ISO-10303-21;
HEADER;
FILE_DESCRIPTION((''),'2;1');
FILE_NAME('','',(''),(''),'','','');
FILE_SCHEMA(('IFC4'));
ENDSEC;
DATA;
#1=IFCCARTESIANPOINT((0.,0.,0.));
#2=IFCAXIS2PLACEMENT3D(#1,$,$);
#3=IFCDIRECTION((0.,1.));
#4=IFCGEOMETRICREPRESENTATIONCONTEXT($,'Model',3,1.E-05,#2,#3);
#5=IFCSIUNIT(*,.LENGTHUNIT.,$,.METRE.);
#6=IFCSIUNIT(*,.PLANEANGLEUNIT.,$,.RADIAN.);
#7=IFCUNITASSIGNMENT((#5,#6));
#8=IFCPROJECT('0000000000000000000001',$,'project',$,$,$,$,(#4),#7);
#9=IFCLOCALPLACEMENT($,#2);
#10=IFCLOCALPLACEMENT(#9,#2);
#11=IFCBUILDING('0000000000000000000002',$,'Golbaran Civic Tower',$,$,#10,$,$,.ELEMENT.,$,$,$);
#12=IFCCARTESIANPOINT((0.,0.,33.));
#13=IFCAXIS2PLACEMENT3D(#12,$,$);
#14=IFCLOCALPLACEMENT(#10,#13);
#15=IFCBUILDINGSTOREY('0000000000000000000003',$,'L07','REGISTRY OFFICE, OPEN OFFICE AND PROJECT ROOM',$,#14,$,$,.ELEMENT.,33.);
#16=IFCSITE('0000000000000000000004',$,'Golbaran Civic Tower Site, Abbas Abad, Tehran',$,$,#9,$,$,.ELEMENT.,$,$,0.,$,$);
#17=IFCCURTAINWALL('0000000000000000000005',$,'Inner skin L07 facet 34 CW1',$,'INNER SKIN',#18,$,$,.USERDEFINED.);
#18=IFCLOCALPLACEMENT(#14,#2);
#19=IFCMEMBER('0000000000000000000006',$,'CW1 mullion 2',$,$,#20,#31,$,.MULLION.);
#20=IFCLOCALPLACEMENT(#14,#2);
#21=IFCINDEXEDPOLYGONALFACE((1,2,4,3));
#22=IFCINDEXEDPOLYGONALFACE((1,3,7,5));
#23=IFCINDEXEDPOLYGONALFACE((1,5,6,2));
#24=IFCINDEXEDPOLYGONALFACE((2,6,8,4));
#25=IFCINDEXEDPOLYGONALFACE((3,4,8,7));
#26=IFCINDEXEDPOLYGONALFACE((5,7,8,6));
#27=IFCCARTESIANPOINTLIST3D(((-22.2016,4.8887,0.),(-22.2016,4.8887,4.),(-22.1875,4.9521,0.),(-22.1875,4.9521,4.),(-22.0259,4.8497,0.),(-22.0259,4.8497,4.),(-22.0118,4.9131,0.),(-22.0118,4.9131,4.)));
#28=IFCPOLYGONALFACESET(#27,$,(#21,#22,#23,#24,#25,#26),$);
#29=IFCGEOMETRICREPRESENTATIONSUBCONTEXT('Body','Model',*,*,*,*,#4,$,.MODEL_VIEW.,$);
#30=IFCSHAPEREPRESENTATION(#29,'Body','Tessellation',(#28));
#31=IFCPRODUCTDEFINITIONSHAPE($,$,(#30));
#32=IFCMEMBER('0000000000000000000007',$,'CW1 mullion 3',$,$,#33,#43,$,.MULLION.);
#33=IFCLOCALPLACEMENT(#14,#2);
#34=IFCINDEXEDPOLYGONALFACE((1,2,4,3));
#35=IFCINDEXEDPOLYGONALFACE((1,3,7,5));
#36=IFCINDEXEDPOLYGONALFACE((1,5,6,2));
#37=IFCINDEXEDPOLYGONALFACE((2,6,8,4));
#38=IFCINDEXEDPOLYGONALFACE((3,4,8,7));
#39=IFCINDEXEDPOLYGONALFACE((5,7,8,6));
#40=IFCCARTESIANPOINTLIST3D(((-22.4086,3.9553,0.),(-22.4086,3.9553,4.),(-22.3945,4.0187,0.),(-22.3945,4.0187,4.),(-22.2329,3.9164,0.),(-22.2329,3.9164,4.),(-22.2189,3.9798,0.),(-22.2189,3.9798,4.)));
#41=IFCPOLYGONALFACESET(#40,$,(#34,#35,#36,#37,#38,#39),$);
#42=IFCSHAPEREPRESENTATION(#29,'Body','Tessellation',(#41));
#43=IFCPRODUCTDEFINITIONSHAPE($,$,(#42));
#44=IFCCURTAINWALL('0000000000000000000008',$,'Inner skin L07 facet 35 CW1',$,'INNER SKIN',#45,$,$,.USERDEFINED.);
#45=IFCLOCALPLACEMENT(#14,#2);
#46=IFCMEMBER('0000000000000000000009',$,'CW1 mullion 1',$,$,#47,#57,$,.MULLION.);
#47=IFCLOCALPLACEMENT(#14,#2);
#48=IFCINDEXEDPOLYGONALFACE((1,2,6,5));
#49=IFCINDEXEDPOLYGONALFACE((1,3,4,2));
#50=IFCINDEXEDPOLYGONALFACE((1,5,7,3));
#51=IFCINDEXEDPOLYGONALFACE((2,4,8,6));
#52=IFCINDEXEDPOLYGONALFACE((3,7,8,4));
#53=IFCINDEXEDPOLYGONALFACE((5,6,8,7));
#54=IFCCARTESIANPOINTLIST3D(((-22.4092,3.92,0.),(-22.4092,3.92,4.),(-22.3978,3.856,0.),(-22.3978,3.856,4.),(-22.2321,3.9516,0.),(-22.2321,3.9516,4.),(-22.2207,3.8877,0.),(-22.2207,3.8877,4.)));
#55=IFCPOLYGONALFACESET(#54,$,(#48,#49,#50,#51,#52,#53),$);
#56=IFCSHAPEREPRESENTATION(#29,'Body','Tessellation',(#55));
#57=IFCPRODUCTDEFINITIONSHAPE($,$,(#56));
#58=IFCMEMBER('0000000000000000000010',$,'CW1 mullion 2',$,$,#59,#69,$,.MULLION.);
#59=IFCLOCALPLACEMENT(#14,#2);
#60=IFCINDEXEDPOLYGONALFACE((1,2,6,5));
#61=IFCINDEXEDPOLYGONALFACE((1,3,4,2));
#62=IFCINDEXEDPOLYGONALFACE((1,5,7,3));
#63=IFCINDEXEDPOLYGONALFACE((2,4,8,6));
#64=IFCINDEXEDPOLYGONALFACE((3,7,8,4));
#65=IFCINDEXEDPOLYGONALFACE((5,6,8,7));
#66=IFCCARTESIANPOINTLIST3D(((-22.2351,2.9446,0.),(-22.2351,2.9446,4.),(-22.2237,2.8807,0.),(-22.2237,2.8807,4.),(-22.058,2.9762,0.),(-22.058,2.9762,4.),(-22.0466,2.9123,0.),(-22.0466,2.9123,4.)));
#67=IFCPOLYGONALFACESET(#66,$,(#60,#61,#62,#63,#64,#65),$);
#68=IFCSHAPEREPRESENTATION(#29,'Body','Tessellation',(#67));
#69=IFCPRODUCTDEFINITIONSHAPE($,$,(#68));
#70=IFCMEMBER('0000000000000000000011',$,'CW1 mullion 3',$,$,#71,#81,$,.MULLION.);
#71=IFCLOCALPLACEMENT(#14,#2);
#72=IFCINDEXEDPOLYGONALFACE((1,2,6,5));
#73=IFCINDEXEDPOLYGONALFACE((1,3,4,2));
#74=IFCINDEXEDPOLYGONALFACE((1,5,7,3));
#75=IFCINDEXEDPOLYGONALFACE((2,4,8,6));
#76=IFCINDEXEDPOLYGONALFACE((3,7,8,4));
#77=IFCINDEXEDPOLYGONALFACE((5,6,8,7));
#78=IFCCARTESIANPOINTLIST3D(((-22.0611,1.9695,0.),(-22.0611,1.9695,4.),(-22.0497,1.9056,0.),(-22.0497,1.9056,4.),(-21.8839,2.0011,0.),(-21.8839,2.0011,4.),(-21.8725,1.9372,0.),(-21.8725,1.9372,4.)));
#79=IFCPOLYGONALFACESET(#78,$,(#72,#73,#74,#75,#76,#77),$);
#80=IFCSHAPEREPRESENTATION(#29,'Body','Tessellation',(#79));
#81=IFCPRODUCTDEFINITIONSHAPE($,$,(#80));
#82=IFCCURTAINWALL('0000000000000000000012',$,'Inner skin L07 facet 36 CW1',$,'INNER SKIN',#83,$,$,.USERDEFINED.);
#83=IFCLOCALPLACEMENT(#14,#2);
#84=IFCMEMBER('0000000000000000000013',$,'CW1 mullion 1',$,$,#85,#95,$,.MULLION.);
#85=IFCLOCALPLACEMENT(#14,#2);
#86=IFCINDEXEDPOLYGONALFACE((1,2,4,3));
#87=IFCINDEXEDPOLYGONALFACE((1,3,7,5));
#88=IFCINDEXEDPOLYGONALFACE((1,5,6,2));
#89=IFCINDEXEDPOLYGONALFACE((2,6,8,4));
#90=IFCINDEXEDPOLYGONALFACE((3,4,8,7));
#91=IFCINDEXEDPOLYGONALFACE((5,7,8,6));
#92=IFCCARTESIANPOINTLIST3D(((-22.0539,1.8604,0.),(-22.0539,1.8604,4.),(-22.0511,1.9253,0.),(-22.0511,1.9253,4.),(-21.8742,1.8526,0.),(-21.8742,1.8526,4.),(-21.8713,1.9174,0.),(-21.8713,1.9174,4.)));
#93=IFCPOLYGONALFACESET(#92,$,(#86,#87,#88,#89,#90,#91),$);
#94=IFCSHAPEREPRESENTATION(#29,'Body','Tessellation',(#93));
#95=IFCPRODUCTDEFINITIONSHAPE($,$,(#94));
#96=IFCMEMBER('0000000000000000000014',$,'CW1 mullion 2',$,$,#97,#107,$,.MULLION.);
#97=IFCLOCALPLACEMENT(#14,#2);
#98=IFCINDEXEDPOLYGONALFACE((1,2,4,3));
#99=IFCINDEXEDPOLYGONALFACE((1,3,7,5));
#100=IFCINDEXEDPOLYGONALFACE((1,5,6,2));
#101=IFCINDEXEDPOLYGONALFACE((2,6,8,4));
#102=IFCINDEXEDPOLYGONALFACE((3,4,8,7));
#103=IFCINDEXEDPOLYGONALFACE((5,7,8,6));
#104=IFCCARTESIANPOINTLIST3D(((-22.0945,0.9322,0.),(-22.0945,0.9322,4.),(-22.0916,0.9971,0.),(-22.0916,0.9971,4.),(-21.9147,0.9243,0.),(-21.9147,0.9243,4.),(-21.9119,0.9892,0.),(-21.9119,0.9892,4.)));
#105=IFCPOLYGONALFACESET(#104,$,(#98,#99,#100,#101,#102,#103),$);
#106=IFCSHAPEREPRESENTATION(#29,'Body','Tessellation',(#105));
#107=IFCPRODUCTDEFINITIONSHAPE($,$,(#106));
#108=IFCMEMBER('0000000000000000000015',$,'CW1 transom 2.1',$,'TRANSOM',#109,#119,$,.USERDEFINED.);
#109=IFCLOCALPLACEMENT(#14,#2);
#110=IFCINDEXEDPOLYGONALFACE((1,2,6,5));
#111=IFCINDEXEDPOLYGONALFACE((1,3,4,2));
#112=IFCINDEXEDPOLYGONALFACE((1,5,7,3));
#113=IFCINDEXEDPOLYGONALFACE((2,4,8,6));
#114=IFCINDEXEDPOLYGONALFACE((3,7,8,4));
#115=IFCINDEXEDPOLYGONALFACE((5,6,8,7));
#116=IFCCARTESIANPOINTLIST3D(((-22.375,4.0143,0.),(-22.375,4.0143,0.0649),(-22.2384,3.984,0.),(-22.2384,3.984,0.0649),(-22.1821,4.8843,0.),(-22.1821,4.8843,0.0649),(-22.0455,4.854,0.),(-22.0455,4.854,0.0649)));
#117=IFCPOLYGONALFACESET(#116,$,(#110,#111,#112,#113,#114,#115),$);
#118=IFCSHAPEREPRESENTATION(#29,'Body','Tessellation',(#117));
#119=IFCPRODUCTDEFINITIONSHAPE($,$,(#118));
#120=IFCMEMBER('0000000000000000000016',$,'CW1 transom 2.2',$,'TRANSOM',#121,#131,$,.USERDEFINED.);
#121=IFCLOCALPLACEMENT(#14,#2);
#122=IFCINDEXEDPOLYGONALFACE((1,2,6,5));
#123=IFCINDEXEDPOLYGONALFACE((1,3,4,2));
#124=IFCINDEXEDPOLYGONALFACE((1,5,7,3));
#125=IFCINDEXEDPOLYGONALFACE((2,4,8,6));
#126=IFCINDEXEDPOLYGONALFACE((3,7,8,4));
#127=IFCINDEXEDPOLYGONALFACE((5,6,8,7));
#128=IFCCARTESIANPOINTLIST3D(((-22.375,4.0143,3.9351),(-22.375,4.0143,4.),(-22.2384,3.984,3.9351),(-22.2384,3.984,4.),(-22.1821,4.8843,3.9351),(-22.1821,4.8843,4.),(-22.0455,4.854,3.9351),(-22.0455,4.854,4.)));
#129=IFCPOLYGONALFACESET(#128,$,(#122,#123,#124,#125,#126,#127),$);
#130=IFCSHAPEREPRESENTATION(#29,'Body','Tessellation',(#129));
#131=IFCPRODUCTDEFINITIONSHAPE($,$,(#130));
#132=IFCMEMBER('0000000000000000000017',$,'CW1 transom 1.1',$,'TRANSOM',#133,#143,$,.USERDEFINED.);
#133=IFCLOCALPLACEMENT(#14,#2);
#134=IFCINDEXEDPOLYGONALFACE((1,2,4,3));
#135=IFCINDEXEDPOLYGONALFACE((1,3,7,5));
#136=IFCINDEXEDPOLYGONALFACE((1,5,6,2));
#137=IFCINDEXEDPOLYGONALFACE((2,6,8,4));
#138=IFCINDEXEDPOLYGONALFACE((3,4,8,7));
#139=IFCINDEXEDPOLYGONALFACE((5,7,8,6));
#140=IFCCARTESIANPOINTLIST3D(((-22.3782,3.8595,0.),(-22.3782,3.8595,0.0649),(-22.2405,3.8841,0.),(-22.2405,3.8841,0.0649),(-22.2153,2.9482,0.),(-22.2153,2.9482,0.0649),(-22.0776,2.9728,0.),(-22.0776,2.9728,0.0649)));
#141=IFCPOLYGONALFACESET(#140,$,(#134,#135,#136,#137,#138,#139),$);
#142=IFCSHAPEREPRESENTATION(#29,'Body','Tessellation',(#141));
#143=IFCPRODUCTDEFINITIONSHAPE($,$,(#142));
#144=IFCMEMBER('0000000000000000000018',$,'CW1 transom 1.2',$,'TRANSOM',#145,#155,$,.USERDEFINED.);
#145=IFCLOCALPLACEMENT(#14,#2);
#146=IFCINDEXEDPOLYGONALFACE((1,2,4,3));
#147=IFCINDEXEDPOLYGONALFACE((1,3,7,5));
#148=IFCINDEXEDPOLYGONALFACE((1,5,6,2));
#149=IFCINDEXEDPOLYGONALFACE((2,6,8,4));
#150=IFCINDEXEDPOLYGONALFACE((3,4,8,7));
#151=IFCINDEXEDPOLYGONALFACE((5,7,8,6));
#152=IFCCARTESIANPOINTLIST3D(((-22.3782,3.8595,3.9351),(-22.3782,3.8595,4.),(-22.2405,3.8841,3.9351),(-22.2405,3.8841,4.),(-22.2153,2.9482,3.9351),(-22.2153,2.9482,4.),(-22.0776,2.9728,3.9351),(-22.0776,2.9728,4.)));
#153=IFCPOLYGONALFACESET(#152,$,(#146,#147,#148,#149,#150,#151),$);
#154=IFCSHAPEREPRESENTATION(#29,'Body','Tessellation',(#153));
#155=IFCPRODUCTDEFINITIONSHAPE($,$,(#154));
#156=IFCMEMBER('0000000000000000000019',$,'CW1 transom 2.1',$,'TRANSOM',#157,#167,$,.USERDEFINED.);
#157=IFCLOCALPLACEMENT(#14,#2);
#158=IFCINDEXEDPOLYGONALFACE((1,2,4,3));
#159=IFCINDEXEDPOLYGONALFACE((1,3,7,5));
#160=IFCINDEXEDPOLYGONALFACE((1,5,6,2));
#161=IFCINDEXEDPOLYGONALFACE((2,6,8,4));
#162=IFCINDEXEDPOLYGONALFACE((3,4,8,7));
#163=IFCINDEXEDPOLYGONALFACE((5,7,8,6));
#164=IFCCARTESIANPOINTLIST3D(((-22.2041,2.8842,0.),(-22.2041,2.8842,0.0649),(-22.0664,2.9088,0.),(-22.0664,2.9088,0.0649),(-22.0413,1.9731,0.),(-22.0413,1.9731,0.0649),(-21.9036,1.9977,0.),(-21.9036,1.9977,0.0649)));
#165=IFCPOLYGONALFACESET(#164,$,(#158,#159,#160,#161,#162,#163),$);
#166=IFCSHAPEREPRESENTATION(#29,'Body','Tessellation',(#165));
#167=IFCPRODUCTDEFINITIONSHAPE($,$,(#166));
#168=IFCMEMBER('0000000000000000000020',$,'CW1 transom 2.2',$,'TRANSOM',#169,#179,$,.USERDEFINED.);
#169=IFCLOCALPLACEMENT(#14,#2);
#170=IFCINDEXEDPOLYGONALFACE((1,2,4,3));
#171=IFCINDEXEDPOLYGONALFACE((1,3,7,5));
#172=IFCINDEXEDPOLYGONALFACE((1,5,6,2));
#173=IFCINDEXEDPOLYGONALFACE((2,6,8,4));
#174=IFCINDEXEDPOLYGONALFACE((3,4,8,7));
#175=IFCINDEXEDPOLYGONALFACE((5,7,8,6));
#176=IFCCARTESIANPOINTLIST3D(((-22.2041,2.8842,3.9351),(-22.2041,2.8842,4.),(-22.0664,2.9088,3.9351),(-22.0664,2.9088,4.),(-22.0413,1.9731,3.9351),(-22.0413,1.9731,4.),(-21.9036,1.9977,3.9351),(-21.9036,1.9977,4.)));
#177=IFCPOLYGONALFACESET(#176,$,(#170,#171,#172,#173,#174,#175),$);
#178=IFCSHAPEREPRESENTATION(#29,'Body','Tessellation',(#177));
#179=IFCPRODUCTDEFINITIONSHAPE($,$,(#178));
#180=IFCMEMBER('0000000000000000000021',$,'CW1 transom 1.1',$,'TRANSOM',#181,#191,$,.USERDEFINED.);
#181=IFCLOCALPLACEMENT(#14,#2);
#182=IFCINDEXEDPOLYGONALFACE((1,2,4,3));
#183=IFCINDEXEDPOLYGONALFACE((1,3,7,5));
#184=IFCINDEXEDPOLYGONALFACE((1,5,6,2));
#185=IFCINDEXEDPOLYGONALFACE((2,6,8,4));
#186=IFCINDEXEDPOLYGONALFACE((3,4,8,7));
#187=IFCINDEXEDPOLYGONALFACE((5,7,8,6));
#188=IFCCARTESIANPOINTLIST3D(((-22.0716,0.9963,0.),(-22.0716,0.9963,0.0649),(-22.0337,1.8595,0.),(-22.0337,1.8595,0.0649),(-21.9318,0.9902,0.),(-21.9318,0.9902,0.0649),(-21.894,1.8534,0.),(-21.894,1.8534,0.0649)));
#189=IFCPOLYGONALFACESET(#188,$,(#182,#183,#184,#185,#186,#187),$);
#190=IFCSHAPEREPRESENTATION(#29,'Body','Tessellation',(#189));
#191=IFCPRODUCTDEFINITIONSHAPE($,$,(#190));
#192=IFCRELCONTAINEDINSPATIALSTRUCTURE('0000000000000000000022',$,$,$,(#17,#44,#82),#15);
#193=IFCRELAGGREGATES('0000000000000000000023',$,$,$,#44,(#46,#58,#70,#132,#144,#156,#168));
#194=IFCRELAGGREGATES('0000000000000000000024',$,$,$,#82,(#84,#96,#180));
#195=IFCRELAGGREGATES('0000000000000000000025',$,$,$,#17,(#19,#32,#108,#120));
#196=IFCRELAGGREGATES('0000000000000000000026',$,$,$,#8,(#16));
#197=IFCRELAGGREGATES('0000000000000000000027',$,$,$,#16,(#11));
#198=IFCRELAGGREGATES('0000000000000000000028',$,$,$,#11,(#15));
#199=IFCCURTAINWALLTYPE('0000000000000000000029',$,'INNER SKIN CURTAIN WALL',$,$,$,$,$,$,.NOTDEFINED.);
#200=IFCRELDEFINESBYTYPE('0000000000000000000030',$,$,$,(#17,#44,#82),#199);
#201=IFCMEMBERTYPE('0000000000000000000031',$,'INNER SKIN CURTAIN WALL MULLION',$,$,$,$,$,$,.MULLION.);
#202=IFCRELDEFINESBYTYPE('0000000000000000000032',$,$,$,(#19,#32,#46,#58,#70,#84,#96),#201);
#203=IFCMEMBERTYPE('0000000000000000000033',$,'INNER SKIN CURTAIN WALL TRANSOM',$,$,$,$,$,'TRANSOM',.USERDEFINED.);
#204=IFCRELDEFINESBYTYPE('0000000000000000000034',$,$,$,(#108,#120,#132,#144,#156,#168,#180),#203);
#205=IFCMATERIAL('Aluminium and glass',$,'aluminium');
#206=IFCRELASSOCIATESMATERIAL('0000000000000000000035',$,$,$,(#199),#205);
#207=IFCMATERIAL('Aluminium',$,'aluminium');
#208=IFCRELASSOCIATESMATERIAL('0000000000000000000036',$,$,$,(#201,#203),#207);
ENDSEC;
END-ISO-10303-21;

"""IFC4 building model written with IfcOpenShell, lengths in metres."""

from ifc_helpers import new_model, si_unit, direction, frame, origin, origin_2d, place, context, subcontext, project, spatial, rectangle, extrude, material, material_profile, profile_set, type_object, element, aggregate, save


model = new_model("IFC4")

# Units and contexts
model_context = context("Model", 3, precision=1e-05, world=origin(), true_north=direction((0.0, 1.0)))
body_context = subcontext(model_context, "Body", "Model", "MODEL_VIEW")
ifc_project = project(units=[si_unit("LENGTHUNIT", "METRE"), si_unit("PLANEANGLEUNIT", "RADIAN")], contexts=[model_context])

# Site, building, storey
site_placement = place(None, origin())
site = spatial("IfcSite", under=ifc_project, at=site_placement, Name="Golbaran Civic Tower Site, Abbas Abad, Tehran", CompositionType="ELEMENT", RefElevation=0.0)
building_placement = place(site_placement, origin())
building = spatial("IfcBuilding", under=site, at=building_placement, Name="Golbaran Civic Tower", CompositionType="ELEMENT")
storey_placement = place(building_placement, frame((0.0, 0.0, 33.0)))
storey = spatial("IfcBuildingStorey", under=building, at=storey_placement, Name="L07", Description="REGISTRY OFFICE, OPEN OFFICE AND PROJECT ROOM", CompositionType="ELEMENT", Elevation=33.0)

# Curtain walls, members
ifc_material_1 = material(Name="Aluminium and glass", Category="aluminium")
curtain_wall_type = type_object("IfcCurtainWallType", Name="INNER SKIN CURTAIN WALL", PredefinedType="NOTDEFINED", material=ifc_material_1)
curtain_wall_1_placement = place(storey_placement, origin())
curtain_wall_1 = element("IfcCurtainWall", 1, at=curtain_wall_1_placement, inside=storey, type_object=curtain_wall_type, Name="Inner skin L07 facet 34 CW1", ObjectType="INNER SKIN", PredefinedType="USERDEFINED")
ifc_material_2 = material(Name="Aluminium", Category="aluminium")
ifc_material_profile_1 = material_profile(ifc_material_2, rectangle(XDim=0.1799, YDim=0.0649, at=origin_2d()), Name="INNER SKIN CURTAIN WALL MULLION")
ifc_profile_set_1 = profile_set([ifc_material_profile_1], Name="Aluminium")
member_type_1 = type_object("IfcMemberType", Name="INNER SKIN CURTAIN WALL MULLION", PredefinedType="MULLION", material=ifc_profile_set_1)
member_1_placement = place(storey_placement, frame((-22.1067, 4.9009, 0.0), z_axis=(0.0, 0.0, 1.0), x_axis=(0.976296, -0.21644, 0.0)))
member_1 = element("IfcMember", 2, at=member_1_placement, type_object=member_type_1, Name="CW1 mullion 2", PredefinedType="MULLION", context=body_context, shape_type="SweptSolid", body=[
    extrude(rectangle(XDim=0.1799, YDim=0.0649, at=origin_2d()), origin(), (0.0, 0.0, 1.0), 4.0),
])
member_2_placement = place(storey_placement, frame((-22.3137, 3.9675, 0.0), z_axis=(0.0, 0.0, 1.0), x_axis=(0.976296, -0.21644, 0.0)))
member_2 = element("IfcMember", 3, at=member_2_placement, type_object=member_type_1, Name="CW1 mullion 3", PredefinedType="MULLION", context=body_context, shape_type="SweptSolid", body=[
    extrude(rectangle(XDim=0.1799, YDim=0.0649, at=origin_2d()), origin(), (0.0, 0.0, 1.0), 4.0),
])
curtain_wall_2_placement = place(storey_placement, origin())
curtain_wall_2 = element("IfcCurtainWall", 4, at=curtain_wall_2_placement, inside=storey, type_object=curtain_wall_type, Name="Inner skin L07 facet 35 CW1", ObjectType="INNER SKIN", PredefinedType="USERDEFINED")
member_3_placement = place(storey_placement, frame((-22.3149, 3.9038, 0.0), z_axis=(0.0, 0.0, 1.0), x_axis=(0.984441, 0.175717, 0.0)))
member_3 = element("IfcMember", 5, at=member_3_placement, type_object=member_type_1, Name="CW1 mullion 1", PredefinedType="MULLION", context=body_context, shape_type="SweptSolid", body=[
    extrude(rectangle(XDim=0.1799, YDim=0.0649, at=origin_2d()), origin(), (0.0, 0.0, 1.0), 4.0),
])
member_4_placement = place(storey_placement, frame((-22.1409, 2.9285, 0.0), z_axis=(0.0, 0.0, 1.0), x_axis=(0.984441, 0.175717, 0.0)))
member_4 = element("IfcMember", 6, at=member_4_placement, type_object=member_type_1, Name="CW1 mullion 2", PredefinedType="MULLION", context=body_context, shape_type="SweptSolid", body=[
    extrude(rectangle(XDim=0.1799, YDim=0.0649, at=origin_2d()), origin(), (0.0, 0.0, 1.0), 4.0),
])
member_5_placement = place(storey_placement, frame((-21.9668, 1.9534, 0.0), z_axis=(0.0, 0.0, 1.0), x_axis=(0.984441, 0.175717, 0.0)))
member_5 = element("IfcMember", 7, at=member_5_placement, type_object=member_type_1, Name="CW1 mullion 3", PredefinedType="MULLION", context=body_context, shape_type="SweptSolid", body=[
    extrude(rectangle(XDim=0.1799, YDim=0.0649, at=origin_2d()), origin(), (0.0, 0.0, 1.0), 4.0),
])
curtain_wall_3_placement = place(storey_placement, origin())
curtain_wall_3 = element("IfcCurtainWall", 8, at=curtain_wall_3_placement, inside=storey, type_object=curtain_wall_type, Name="Inner skin L07 facet 36 CW1", ObjectType="INNER SKIN", PredefinedType="USERDEFINED")
member_6_placement = place(storey_placement, frame((-21.9626, 1.8889, 0.0), z_axis=(0.0, 0.0, 1.0), x_axis=(0.999048, -0.043619, 0.0)))
member_6 = element("IfcMember", 9, at=member_6_placement, type_object=member_type_1, Name="CW1 mullion 1", PredefinedType="MULLION", context=body_context, shape_type="SweptSolid", body=[
    extrude(rectangle(XDim=0.1799, YDim=0.0649, at=origin_2d()), origin(), (0.0, 0.0, 1.0), 4.0),
])
member_7_placement = place(storey_placement, frame((-22.0032, 0.9607, 0.0), z_axis=(0.0, 0.0, 1.0), x_axis=(0.999048, -0.043619, 0.0)))
member_7 = element("IfcMember", 10, at=member_7_placement, type_object=member_type_1, Name="CW1 mullion 2", PredefinedType="MULLION", context=body_context, shape_type="SweptSolid", body=[
    extrude(rectangle(XDim=0.1799, YDim=0.0649, at=origin_2d()), origin(), (0.0, 0.0, 1.0), 4.0),
])

# Members
ifc_material_profile_2 = material_profile(ifc_material_2, rectangle(XDim=0.1399, YDim=0.0649, at=origin_2d()), Name="INNER SKIN CURTAIN WALL TRANSOM")
ifc_profile_set_2 = profile_set([ifc_material_profile_2], Name="Aluminium")
member_type_2 = type_object("IfcMemberType", Name="INNER SKIN CURTAIN WALL TRANSOM", ElementType="TRANSOM", PredefinedType="USERDEFINED", material=ifc_profile_set_2)
member_8_placement = place(storey_placement, frame((-22.1138, 4.8691, 0.0325), z_axis=(-0.216466, -0.97629, 0.0), x_axis=(0.97629, -0.216466, 0.0)))
member_8 = element("IfcMember", 11, at=member_8_placement, type_object=member_type_2, Name="CW1 transom 2.1", ObjectType="TRANSOM", PredefinedType="USERDEFINED", context=body_context, shape_type="SweptSolid", body=[
    extrude(rectangle(XDim=0.1399, YDim=0.0649, at=origin_2d()), origin(), (0.0, 0.0, 1.0), 0.8911),
])
member_9_placement = place(storey_placement, frame((-22.1138, 4.8691, 3.9675), z_axis=(-0.216466, -0.97629, 0.0), x_axis=(0.97629, -0.216466, 0.0)))
member_9 = element("IfcMember", 12, at=member_9_placement, type_object=member_type_2, Name="CW1 transom 2.2", ObjectType="TRANSOM", PredefinedType="USERDEFINED", context=body_context, shape_type="SweptSolid", body=[
    extrude(rectangle(XDim=0.1399, YDim=0.0649, at=origin_2d()), origin(), (0.0, 0.0, 1.0), 0.8911),
])
member_10_placement = place(storey_placement, frame((-22.3093, 3.8718, 0.0325), z_axis=(0.175891, -0.98441, 0.0), x_axis=(0.98441, 0.175891, 0.0)))
member_10 = element("IfcMember", 13, at=member_10_placement, type_object=member_type_2, Name="CW1 transom 1.1", ObjectType="TRANSOM", PredefinedType="USERDEFINED", context=body_context, shape_type="SweptSolid", body=[
    extrude(rectangle(XDim=0.1399, YDim=0.0649, at=origin_2d()), origin(), (0.0, 0.0, 1.0), 0.9258),
])
member_11_placement = place(storey_placement, frame((-22.3093, 3.8718, 3.9675), z_axis=(0.175891, -0.98441, 0.0), x_axis=(0.98441, 0.175891, 0.0)))
member_11 = element("IfcMember", 14, at=member_11_placement, type_object=member_type_2, Name="CW1 transom 1.2", ObjectType="TRANSOM", PredefinedType="USERDEFINED", context=body_context, shape_type="SweptSolid", body=[
    extrude(rectangle(XDim=0.1399, YDim=0.0649, at=origin_2d()), origin(), (0.0, 0.0, 1.0), 0.9258),
])
member_12_placement = place(storey_placement, frame((-22.1353, 2.8965, 0.0325), z_axis=(0.175937, -0.984401, 0.0), x_axis=(0.984401, 0.175937, 0.0)))
member_12 = element("IfcMember", 15, at=member_12_placement, type_object=member_type_2, Name="CW1 transom 2.1", ObjectType="TRANSOM", PredefinedType="USERDEFINED", context=body_context, shape_type="SweptSolid", body=[
    extrude(rectangle(XDim=0.1399, YDim=0.0649, at=origin_2d()), origin(), (0.0, 0.0, 1.0), 0.9255),
])
member_13_placement = place(storey_placement, frame((-22.1353, 2.8965, 3.9675), z_axis=(0.175937, -0.984401, 0.0), x_axis=(0.984401, 0.175937, 0.0)))
member_13 = element("IfcMember", 16, at=member_13_placement, type_object=member_type_2, Name="CW1 transom 2.2", ObjectType="TRANSOM", PredefinedType="USERDEFINED", context=body_context, shape_type="SweptSolid", body=[
    extrude(rectangle(XDim=0.1399, YDim=0.0649, at=origin_2d()), origin(), (0.0, 0.0, 1.0), 0.9255),
])
member_14_placement = place(storey_placement, frame((-21.9639, 1.8564, 0.0325), z_axis=(-0.043793, -0.999041, 0.0), x_axis=(0.999041, -0.043793, 0.0)))
member_14 = element("IfcMember", 17, at=member_14_placement, type_object=member_type_2, Name="CW1 transom 1.1", ObjectType="TRANSOM", PredefinedType="USERDEFINED", context=body_context, shape_type="SweptSolid", body=[
    extrude(rectangle(XDim=0.1399, YDim=0.0649, at=origin_2d()), origin(), (0.0, 0.0, 1.0), 0.864),
])

aggregate(curtain_wall_2, [member_3, member_4, member_5, member_10, member_11, member_12, member_13])
aggregate(curtain_wall_3, [member_6, member_7, member_14])
aggregate(curtain_wall_1, [member_1, member_2, member_8, member_9])

save(model, "model.ifc")
